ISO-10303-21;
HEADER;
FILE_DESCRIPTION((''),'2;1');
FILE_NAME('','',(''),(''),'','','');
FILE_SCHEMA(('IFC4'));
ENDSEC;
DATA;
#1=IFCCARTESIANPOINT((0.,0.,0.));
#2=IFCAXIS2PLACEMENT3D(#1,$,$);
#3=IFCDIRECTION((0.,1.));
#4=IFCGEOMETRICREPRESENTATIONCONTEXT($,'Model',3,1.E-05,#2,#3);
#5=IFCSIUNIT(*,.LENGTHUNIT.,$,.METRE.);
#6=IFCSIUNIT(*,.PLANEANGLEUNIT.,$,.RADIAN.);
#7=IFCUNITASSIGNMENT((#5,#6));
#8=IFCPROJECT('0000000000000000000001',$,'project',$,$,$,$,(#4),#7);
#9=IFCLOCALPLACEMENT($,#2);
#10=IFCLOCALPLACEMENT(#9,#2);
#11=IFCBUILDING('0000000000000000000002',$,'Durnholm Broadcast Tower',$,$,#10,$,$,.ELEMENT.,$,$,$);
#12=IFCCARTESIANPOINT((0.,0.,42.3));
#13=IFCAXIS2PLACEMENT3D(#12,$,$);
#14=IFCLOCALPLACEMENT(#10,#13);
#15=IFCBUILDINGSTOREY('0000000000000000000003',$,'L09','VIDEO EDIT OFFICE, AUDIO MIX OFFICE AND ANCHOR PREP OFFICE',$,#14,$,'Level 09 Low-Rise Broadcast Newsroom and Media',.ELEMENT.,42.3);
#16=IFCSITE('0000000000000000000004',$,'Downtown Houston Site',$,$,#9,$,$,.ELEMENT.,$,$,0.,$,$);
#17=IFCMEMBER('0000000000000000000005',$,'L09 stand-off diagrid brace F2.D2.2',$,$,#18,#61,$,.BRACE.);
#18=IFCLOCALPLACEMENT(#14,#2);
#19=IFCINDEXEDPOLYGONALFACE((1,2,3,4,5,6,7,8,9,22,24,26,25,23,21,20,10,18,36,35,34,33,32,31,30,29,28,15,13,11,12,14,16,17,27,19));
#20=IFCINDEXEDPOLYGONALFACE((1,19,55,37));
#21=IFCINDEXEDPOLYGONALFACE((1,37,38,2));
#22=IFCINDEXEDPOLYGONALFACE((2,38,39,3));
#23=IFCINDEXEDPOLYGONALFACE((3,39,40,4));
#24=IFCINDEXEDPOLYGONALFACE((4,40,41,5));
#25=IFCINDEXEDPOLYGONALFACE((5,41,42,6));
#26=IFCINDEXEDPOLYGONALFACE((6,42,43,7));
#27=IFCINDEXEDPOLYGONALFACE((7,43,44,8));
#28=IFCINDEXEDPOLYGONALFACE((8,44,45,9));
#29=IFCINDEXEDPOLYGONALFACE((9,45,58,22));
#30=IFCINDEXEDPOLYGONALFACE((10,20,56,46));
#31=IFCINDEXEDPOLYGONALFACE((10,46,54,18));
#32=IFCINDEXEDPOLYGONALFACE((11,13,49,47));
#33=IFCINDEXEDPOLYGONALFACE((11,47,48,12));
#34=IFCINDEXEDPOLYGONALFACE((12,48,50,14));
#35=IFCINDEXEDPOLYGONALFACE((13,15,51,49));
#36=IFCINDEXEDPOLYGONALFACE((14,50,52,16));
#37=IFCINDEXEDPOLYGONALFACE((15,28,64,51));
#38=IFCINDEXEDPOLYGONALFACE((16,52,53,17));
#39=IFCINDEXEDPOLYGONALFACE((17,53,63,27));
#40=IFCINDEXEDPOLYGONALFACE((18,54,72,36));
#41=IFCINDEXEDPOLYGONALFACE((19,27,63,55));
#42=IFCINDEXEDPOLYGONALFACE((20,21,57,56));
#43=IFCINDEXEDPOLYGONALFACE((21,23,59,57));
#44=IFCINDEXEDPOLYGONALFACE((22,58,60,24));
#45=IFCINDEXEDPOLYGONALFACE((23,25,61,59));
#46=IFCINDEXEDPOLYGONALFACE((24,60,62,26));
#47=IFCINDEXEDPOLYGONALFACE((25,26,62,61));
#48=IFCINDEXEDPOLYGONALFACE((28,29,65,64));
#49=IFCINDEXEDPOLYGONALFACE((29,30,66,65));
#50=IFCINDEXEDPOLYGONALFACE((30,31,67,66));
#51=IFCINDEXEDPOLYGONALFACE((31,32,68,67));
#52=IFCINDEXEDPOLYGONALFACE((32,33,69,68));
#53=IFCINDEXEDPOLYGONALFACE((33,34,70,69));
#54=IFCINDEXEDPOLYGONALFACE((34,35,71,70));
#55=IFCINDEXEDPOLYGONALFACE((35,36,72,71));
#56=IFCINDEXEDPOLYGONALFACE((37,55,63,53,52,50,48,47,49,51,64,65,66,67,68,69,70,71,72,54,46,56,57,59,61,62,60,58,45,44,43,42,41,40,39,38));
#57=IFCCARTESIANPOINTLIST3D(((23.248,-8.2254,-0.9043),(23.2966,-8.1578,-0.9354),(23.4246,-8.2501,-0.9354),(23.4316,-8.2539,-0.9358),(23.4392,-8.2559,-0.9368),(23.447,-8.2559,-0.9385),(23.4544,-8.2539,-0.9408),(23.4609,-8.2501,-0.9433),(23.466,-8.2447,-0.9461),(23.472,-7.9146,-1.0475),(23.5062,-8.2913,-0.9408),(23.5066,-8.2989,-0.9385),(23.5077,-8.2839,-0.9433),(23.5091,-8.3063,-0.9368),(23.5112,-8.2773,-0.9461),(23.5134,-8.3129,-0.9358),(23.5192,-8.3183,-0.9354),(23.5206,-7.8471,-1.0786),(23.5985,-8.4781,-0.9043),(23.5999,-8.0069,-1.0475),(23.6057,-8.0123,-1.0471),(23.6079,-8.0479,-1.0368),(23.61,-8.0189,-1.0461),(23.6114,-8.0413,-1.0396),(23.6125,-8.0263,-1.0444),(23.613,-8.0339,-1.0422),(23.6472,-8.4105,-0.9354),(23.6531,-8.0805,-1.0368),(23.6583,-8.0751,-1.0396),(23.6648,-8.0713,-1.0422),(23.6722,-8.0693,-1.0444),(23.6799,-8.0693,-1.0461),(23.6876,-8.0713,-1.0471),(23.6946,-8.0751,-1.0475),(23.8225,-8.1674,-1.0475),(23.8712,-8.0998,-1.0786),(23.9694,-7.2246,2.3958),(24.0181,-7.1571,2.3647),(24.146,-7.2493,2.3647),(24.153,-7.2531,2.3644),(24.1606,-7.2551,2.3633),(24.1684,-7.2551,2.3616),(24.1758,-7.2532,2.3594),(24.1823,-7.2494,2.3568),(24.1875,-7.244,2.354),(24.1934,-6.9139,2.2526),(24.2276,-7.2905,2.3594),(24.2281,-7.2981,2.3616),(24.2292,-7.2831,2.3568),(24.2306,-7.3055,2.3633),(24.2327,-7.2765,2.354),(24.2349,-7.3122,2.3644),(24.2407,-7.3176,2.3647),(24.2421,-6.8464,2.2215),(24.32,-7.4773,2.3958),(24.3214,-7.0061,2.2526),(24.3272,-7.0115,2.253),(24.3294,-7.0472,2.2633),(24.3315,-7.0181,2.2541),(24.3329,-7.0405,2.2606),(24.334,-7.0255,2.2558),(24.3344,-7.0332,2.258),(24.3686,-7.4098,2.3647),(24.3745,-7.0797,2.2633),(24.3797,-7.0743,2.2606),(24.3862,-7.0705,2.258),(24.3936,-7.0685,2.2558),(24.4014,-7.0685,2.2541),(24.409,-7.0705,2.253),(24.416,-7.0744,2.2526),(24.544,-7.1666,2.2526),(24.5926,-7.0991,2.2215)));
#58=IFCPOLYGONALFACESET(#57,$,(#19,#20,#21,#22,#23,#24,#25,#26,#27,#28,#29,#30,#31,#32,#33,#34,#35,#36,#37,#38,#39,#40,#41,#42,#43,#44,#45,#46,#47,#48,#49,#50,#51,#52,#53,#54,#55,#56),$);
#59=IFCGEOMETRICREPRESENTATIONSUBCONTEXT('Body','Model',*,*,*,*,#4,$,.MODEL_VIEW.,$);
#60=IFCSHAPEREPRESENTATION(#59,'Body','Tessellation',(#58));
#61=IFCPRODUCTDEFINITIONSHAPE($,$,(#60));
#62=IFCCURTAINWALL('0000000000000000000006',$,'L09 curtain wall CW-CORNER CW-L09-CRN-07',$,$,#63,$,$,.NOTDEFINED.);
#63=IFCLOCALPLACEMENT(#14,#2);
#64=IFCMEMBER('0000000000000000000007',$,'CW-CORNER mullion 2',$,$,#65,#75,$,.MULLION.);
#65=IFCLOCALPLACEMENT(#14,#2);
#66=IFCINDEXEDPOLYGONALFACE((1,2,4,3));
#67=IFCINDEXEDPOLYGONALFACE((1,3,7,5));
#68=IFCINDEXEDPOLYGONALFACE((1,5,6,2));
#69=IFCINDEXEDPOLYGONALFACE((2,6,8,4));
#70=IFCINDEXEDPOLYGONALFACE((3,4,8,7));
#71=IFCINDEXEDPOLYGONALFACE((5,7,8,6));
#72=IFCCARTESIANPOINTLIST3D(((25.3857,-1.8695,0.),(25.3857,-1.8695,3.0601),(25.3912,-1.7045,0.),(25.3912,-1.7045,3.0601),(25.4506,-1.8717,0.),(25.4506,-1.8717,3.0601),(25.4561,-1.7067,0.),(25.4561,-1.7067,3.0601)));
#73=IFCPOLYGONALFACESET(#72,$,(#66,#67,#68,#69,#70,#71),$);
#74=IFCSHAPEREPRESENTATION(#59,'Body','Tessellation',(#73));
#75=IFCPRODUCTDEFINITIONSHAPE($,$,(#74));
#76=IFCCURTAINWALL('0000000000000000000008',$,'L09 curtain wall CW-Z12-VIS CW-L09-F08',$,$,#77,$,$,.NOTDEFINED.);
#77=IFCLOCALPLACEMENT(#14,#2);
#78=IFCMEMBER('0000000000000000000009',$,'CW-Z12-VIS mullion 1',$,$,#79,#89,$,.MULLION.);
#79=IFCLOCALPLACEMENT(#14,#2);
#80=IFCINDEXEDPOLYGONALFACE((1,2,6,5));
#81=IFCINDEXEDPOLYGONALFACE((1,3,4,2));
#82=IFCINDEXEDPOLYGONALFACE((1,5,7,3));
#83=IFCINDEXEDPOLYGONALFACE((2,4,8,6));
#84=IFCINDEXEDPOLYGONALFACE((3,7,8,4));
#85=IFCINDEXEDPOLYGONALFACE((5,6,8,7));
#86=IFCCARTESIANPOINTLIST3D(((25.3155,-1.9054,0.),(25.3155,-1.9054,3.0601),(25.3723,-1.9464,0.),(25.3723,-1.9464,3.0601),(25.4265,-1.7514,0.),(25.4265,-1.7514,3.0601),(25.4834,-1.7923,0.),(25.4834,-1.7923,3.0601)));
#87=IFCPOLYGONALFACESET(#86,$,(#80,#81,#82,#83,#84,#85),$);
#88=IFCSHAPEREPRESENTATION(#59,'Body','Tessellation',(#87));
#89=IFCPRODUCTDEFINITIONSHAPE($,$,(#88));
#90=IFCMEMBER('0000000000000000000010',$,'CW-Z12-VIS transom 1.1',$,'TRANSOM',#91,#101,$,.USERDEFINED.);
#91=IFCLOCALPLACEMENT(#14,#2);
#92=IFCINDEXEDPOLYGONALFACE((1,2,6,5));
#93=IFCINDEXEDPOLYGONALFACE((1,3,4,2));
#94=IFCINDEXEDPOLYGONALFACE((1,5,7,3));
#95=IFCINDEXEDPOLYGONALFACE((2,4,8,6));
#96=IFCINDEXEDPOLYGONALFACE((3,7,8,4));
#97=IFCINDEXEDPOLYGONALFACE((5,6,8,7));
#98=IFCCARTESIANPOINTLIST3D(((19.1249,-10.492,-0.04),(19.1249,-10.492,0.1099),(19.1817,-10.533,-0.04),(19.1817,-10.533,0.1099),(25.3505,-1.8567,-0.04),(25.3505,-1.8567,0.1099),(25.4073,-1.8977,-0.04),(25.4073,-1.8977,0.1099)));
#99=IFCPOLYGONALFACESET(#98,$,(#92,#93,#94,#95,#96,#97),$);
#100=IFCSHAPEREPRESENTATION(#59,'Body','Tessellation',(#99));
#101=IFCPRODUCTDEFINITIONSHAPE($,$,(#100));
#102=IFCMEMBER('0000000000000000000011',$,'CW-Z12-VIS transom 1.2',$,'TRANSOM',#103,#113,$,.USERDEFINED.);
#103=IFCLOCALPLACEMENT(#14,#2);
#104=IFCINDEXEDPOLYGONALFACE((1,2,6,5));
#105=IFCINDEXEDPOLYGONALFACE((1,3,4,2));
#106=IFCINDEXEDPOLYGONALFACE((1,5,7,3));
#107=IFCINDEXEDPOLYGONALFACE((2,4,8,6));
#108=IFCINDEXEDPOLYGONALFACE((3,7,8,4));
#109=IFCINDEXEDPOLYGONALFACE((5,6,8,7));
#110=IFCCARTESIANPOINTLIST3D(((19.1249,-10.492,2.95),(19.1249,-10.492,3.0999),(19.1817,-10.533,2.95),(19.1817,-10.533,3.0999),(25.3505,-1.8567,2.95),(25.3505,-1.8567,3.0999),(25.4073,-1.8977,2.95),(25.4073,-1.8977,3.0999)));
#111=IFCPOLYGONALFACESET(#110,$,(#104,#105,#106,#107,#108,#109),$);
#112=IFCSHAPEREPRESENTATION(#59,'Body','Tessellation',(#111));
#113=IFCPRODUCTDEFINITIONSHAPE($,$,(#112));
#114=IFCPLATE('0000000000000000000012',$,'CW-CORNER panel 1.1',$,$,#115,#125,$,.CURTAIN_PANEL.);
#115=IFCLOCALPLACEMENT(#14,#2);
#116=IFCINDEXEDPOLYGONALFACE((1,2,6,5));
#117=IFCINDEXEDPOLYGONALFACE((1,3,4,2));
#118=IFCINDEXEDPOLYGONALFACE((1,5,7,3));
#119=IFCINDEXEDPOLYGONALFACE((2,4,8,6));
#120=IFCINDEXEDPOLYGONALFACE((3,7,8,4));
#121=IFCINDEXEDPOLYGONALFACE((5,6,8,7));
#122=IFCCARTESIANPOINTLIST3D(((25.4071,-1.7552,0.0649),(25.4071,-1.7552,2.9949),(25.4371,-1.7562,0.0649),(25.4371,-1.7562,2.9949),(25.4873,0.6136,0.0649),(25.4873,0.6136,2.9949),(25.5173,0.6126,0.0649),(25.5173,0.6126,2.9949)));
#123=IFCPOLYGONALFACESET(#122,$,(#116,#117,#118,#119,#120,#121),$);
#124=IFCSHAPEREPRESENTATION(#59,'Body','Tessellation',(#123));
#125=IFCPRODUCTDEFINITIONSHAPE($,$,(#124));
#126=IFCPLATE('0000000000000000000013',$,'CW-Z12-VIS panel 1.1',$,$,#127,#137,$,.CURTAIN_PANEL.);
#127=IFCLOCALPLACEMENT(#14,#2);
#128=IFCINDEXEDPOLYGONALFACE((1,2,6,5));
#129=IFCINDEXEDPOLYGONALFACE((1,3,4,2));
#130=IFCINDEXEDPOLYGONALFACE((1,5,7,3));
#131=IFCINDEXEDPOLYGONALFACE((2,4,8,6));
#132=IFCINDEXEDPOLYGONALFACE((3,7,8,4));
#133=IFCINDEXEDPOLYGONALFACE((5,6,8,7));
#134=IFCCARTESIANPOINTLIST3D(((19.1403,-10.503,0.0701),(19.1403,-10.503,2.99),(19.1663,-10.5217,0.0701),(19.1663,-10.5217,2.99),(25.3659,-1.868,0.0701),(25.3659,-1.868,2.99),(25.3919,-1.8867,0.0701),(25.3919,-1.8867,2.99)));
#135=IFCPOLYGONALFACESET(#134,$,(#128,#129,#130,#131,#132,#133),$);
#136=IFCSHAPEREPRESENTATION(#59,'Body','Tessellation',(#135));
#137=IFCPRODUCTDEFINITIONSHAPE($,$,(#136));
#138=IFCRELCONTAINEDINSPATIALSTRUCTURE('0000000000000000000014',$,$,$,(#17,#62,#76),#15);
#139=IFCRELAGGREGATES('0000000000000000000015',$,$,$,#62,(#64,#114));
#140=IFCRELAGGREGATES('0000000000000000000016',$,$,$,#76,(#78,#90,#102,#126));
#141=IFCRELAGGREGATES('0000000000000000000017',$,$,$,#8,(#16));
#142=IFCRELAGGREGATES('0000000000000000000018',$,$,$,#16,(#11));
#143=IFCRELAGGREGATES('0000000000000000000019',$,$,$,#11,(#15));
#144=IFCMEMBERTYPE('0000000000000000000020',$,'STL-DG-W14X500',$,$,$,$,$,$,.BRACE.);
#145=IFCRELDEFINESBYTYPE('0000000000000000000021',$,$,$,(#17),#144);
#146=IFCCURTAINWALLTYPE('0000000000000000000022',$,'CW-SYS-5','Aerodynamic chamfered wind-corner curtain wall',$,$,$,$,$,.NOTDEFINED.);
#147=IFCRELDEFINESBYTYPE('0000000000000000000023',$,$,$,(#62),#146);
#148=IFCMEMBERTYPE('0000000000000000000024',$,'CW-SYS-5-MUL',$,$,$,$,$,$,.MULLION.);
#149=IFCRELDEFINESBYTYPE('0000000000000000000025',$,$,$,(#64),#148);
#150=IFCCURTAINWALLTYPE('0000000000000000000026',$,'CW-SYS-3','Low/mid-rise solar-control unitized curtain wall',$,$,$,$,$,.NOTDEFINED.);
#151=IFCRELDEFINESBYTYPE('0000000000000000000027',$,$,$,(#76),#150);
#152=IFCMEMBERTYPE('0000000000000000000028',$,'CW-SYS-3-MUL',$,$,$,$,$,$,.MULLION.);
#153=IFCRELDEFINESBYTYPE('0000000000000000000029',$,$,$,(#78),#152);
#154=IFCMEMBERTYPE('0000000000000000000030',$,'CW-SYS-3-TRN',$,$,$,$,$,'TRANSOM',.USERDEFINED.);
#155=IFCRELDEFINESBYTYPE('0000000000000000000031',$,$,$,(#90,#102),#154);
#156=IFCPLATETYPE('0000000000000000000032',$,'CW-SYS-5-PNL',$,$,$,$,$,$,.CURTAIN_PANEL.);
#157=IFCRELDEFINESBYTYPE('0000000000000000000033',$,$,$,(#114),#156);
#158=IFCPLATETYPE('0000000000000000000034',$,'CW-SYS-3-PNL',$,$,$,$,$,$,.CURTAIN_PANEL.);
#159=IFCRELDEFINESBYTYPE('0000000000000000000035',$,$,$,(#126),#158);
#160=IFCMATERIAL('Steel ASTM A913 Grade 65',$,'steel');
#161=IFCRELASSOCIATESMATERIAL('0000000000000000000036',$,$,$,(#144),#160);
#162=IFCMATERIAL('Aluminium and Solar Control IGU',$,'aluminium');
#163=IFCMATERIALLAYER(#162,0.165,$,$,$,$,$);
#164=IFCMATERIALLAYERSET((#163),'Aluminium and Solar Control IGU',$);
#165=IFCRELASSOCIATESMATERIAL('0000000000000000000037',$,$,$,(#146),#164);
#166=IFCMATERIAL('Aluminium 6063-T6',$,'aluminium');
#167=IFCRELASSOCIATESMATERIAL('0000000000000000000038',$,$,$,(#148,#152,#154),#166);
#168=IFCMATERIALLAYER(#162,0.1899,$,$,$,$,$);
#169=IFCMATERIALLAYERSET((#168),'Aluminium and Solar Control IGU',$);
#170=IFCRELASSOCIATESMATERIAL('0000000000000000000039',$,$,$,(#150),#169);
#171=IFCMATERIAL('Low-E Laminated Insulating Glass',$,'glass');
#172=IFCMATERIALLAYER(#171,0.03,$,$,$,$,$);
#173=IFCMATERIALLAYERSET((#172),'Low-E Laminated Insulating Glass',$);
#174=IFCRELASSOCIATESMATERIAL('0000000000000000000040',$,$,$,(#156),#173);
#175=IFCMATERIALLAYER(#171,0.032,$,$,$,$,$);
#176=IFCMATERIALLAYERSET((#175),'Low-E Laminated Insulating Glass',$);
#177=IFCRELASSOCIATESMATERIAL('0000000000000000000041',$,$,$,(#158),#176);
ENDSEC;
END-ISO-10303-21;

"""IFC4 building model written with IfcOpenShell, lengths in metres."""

from ifc_helpers import new_model, si_unit, direction, frame, origin, origin_2d, place, context, subcontext, project, spatial, rectangle, i_section, extrude, source, transform, mapped, material, layer, layer_set, material_profile, profile_set, type_object, type_shapes, element, aggregate, save


model = new_model("IFC4")

# Units and contexts
model_context = context("Model", 3, precision=1e-05, world=origin(), true_north=direction((0.0, 1.0)))
body_context = subcontext(model_context, "Body", "Model", "MODEL_VIEW")
ifc_project = project(units=[si_unit("LENGTHUNIT", "METRE"), si_unit("PLANEANGLEUNIT", "RADIAN")], contexts=[model_context])

# Site, building, storey
site_placement = place(None, origin())
site = spatial("IfcSite", under=ifc_project, at=site_placement, Name="Downtown Houston Site", CompositionType="ELEMENT", RefElevation=0.0)
building_placement = place(site_placement, origin())
building = spatial("IfcBuilding", under=site, at=building_placement, Name="Durnholm Broadcast Tower", CompositionType="ELEMENT")
storey_placement = place(building_placement, frame((0.0, 0.0, 42.3)))
storey = spatial("IfcBuildingStorey", under=building, at=storey_placement, Name="L09", Description="VIDEO EDIT OFFICE, AUDIO MIX OFFICE AND ANCHOR PREP OFFICE", LongName="Level 09 Low-Rise Broadcast Newsroom and Media", CompositionType="ELEMENT", Elevation=42.3)

# Member
ifc_material_1 = material(Name="Steel ASTM A913 Grade 65", Category="steel")
ifc_material_profile_1 = material_profile(ifc_material_1, i_section(OverallWidth=0.4321, OverallDepth=0.4978, WebThickness=0.0557, FlangeThickness=0.0889, FilletRadius=0.0305, at=origin_2d()), Name="W14X500")
ifc_profile_set_1 = profile_set([ifc_material_profile_1], Name="Steel ASTM A913 Grade 65")
member_type_1 = type_object("IfcMemberType", Name="STL-DG-W14X500", PredefinedType="BRACE", material=ifc_profile_set_1)
shared_shape_1 = source(origin(), body_context, "Body", "SweptSolid", [
    extrude(i_section(OverallWidth=0.4321, OverallDepth=0.4978, WebThickness=0.0557, FlangeThickness=0.0889, FilletRadius=0.0305, at=origin_2d()), origin(), (0.0, 0.0, 1.0), 3.5232),
])
type_shapes(member_type_1, [shared_shape_1])
for number, where, z_axis, x_axis, name in (
    (1, (23.5596, -8.1626, -0.9915), (0.204773, 0.284049, 0.936688), (-0.811185, 0.584789, 0.0), "L09 stand-off diagrid brace F2.D2.2"),
):
    element("IfcMember", number, at=place(storey_placement, frame(where, z_axis=z_axis, x_axis=x_axis)), inside=storey, type_object=member_type_1, Name=name, PredefinedType="BRACE", context=body_context, shape_type="MappedRepresentation", body=[
        mapped(shared_shape_1, transform((0.0, 0.0, 0.0), x_axis=(1.0, 0.0, 0.0), y_axis=(0.0, 1.0, 0.0), z_axis=(0.0, 0.0, 1.0), scale=1.0)),
    ])

# Curtain wall, member
ifc_material_2 = material(Name="Aluminium and Solar Control IGU", Category="aluminium")
ifc_layer_1 = layer(ifc_material_2, 0.165)
ifc_layer_set_1 = layer_set([ifc_layer_1], Name="Aluminium and Solar Control IGU")
curtain_wall_type_1 = type_object("IfcCurtainWallType", Name="CW-SYS-5", Description="Aerodynamic chamfered wind-corner curtain wall", PredefinedType="NOTDEFINED", material=ifc_layer_set_1)
curtain_wall_1_placement = place(storey_placement, origin())
curtain_wall_1 = element("IfcCurtainWall", 2, at=curtain_wall_1_placement, inside=storey, type_object=curtain_wall_type_1, Name="L09 curtain wall CW-CORNER CW-L09-CRN-07", PredefinedType="NOTDEFINED")
ifc_material_3 = material(Name="Aluminium 6063-T6", Category="aluminium")
ifc_material_profile_2 = material_profile(ifc_material_3, rectangle(XDim=0.0649, YDim=0.165, at=origin_2d()), Name="CWM65X165")
ifc_profile_set_2 = profile_set([ifc_material_profile_2], Name="Aluminium 6063-T6")
member_type_2 = type_object("IfcMemberType", Name="CW-SYS-5-MUL", PredefinedType="MULLION", material=ifc_profile_set_2)
shared_shape_2 = source(origin(), body_context, "Body", "SweptSolid", [
    extrude(rectangle(XDim=0.0649, YDim=0.165, at=origin_2d()), origin(), (0.0, 0.0, 1.0), 3.0601),
])
type_shapes(member_type_2, [shared_shape_2])
member_1_placement = place(storey_placement, frame((25.4209, -1.7881, 0.0), z_axis=(0.0, 0.0, 1.0), x_axis=(0.999427, -0.03384, 0.0)))
member_1 = element("IfcMember", 3, at=member_1_placement, type_object=member_type_2, Name="CW-CORNER mullion 2", PredefinedType="MULLION", context=body_context, shape_type="MappedRepresentation", body=[
    mapped(shared_shape_2, transform((0.0, 0.0, 0.0), x_axis=(1.0, 0.0, 0.0), y_axis=(0.0, 1.0, 0.0), z_axis=(0.0, 0.0, 1.0), scale=1.0)),
])

# Curtain wall, members
ifc_layer_2 = layer(ifc_material_2, 0.1899)
ifc_layer_set_2 = layer_set([ifc_layer_2], Name="Aluminium and Solar Control IGU")
curtain_wall_type_2 = type_object("IfcCurtainWallType", Name="CW-SYS-3", Description="Low/mid-rise solar-control unitized curtain wall", PredefinedType="NOTDEFINED", material=ifc_layer_set_2)
curtain_wall_2_placement = place(storey_placement, origin())
curtain_wall_2 = element("IfcCurtainWall", 4, at=curtain_wall_2_placement, inside=storey, type_object=curtain_wall_type_2, Name="L09 curtain wall CW-Z12-VIS CW-L09-F08", PredefinedType="NOTDEFINED")
ifc_material_profile_3 = material_profile(ifc_material_3, rectangle(XDim=0.0701, YDim=0.1899, at=origin_2d()), Name="CWM70X190")
ifc_profile_set_3 = profile_set([ifc_material_profile_3], Name="Aluminium 6063-T6")
member_type_3 = type_object("IfcMemberType", Name="CW-SYS-3-MUL", PredefinedType="MULLION", material=ifc_profile_set_3)
shared_shape_3 = source(origin(), body_context, "Body", "SweptSolid", [
    extrude(rectangle(XDim=0.0701, YDim=0.1899, at=origin_2d()), origin(), (0.0, 0.0, 1.0), 3.0601),
])
type_shapes(member_type_3, [shared_shape_3])
member_2_placement = place(storey_placement, frame((25.3994, -1.8489, 0.0), z_axis=(0.0, 0.0, 1.0), x_axis=(0.811161, -0.584823, 0.0)))
member_2 = element("IfcMember", 5, at=member_2_placement, type_object=member_type_3, Name="CW-Z12-VIS mullion 1", PredefinedType="MULLION", context=body_context, shape_type="MappedRepresentation", body=[
    mapped(shared_shape_3, transform((0.0, 0.0, 0.0), x_axis=(1.0, 0.0, 0.0), y_axis=(0.0, 1.0, 0.0), z_axis=(0.0, 0.0, 1.0), scale=1.0)),
])
ifc_material_profile_4 = material_profile(ifc_material_3, rectangle(XDim=0.0701, YDim=0.1499, at=origin_2d()), Name="CWT70X150")
ifc_profile_set_4 = profile_set([ifc_material_profile_4], Name="Aluminium 6063-T6")
member_type_4 = type_object("IfcMemberType", Name="CW-SYS-3-TRN", ElementType="TRANSOM", PredefinedType="USERDEFINED", material=ifc_profile_set_4)
shared_shape_4 = source(origin(), body_context, "Body", "SweptSolid", [
    extrude(rectangle(XDim=0.0701, YDim=0.1499, at=origin_2d()), origin(), (0.0, 0.0, 1.0), 10.6455),
])
type_shapes(member_type_4, [shared_shape_4])
member_3_placement = place(storey_placement, frame((25.3789, -1.8772, 0.0349), z_axis=(-0.584812, -0.811169, 0.0), x_axis=(0.811169, -0.584812, 0.0)))
member_3 = element("IfcMember", 6, at=member_3_placement, type_object=member_type_4, Name="CW-Z12-VIS transom 1.1", ObjectType="TRANSOM", PredefinedType="USERDEFINED", context=body_context, shape_type="MappedRepresentation", body=[
    mapped(shared_shape_4, transform((0.0, 0.0, 0.0), x_axis=(1.0, 0.0, 0.0), y_axis=(0.0, 1.0, 0.0), z_axis=(0.0, 0.0, 1.0), scale=1.0)),
])
member_4_placement = place(storey_placement, frame((25.3789, -1.8772, 3.0249), z_axis=(-0.584812, -0.811169, 0.0), x_axis=(0.811169, -0.584812, 0.0)))
member_4 = element("IfcMember", 7, at=member_4_placement, type_object=member_type_4, Name="CW-Z12-VIS transom 1.2", ObjectType="TRANSOM", PredefinedType="USERDEFINED", context=body_context, shape_type="MappedRepresentation", body=[
    mapped(shared_shape_4, transform((0.0, 0.0, 0.0), x_axis=(1.0, 0.0, 0.0), y_axis=(0.0, 1.0, 0.0), z_axis=(0.0, 0.0, 1.0), scale=1.0)),
])

# Plates
ifc_material_4 = material(Name="Low-E Laminated Insulating Glass", Category="glass")
ifc_layer_3 = layer(ifc_material_4, 0.03)
ifc_layer_set_3 = layer_set([ifc_layer_3], Name="Low-E Laminated Insulating Glass")
plate_type_1 = type_object("IfcPlateType", Name="CW-SYS-5-PNL", PredefinedType="CURTAIN_PANEL", material=ifc_layer_set_3)
shared_shape_5 = source(origin(), body_context, "Body", "SweptSolid", [
    extrude(rectangle(XDim=2.3701, YDim=0.03, at=origin_2d()), origin(), (0.0, 0.0, 1.0), 2.9299),
])
type_shapes(plate_type_1, [shared_shape_5])
plate_1_placement = place(storey_placement, frame((25.4622, -0.5713, 0.0649), z_axis=(0.0, 0.0, 1.0), x_axis=(-0.03384, -0.999427, 0.0)))
plate_1 = element("IfcPlate", 8, at=plate_1_placement, type_object=plate_type_1, Name="CW-CORNER panel 1.1", PredefinedType="CURTAIN_PANEL", context=body_context, shape_type="MappedRepresentation", body=[
    mapped(shared_shape_5, transform((0.0, 0.0, 0.0), x_axis=(1.0, 0.0, 0.0), y_axis=(0.0, 1.0, 0.0), z_axis=(0.0, 0.0, 1.0), scale=1.0)),
])
aggregate(curtain_wall_1, [member_1, plate_1])
ifc_layer_4 = layer(ifc_material_4, 0.032)
ifc_layer_set_4 = layer_set([ifc_layer_4], Name="Low-E Laminated Insulating Glass")
plate_type_2 = type_object("IfcPlateType", Name="CW-SYS-3-PNL", PredefinedType="CURTAIN_PANEL", material=ifc_layer_set_4)
shared_shape_6 = source(origin(), body_context, "Body", "SweptSolid", [
    extrude(rectangle(XDim=10.6453, YDim=0.032, at=origin_2d()), origin(), (0.0, 0.0, 1.0), 2.9199),
])
type_shapes(plate_type_2, [shared_shape_6])
plate_2_placement = place(storey_placement, frame((22.2661, -6.1948, 0.0701), z_axis=(0.0, 0.0, 1.0), x_axis=(-0.584823, -0.811161, 0.0)))
plate_2 = element("IfcPlate", 9, at=plate_2_placement, type_object=plate_type_2, Name="CW-Z12-VIS panel 1.1", PredefinedType="CURTAIN_PANEL", context=body_context, shape_type="MappedRepresentation", body=[
    mapped(shared_shape_6, transform((0.0, 0.0, 0.0), x_axis=(1.0, 0.0, 0.0), y_axis=(0.0, 1.0, 0.0), z_axis=(0.0, 0.0, 1.0), scale=1.0)),
])
aggregate(curtain_wall_2, [member_2, member_3, member_4, plate_2])

save(model, "model.ifc")
